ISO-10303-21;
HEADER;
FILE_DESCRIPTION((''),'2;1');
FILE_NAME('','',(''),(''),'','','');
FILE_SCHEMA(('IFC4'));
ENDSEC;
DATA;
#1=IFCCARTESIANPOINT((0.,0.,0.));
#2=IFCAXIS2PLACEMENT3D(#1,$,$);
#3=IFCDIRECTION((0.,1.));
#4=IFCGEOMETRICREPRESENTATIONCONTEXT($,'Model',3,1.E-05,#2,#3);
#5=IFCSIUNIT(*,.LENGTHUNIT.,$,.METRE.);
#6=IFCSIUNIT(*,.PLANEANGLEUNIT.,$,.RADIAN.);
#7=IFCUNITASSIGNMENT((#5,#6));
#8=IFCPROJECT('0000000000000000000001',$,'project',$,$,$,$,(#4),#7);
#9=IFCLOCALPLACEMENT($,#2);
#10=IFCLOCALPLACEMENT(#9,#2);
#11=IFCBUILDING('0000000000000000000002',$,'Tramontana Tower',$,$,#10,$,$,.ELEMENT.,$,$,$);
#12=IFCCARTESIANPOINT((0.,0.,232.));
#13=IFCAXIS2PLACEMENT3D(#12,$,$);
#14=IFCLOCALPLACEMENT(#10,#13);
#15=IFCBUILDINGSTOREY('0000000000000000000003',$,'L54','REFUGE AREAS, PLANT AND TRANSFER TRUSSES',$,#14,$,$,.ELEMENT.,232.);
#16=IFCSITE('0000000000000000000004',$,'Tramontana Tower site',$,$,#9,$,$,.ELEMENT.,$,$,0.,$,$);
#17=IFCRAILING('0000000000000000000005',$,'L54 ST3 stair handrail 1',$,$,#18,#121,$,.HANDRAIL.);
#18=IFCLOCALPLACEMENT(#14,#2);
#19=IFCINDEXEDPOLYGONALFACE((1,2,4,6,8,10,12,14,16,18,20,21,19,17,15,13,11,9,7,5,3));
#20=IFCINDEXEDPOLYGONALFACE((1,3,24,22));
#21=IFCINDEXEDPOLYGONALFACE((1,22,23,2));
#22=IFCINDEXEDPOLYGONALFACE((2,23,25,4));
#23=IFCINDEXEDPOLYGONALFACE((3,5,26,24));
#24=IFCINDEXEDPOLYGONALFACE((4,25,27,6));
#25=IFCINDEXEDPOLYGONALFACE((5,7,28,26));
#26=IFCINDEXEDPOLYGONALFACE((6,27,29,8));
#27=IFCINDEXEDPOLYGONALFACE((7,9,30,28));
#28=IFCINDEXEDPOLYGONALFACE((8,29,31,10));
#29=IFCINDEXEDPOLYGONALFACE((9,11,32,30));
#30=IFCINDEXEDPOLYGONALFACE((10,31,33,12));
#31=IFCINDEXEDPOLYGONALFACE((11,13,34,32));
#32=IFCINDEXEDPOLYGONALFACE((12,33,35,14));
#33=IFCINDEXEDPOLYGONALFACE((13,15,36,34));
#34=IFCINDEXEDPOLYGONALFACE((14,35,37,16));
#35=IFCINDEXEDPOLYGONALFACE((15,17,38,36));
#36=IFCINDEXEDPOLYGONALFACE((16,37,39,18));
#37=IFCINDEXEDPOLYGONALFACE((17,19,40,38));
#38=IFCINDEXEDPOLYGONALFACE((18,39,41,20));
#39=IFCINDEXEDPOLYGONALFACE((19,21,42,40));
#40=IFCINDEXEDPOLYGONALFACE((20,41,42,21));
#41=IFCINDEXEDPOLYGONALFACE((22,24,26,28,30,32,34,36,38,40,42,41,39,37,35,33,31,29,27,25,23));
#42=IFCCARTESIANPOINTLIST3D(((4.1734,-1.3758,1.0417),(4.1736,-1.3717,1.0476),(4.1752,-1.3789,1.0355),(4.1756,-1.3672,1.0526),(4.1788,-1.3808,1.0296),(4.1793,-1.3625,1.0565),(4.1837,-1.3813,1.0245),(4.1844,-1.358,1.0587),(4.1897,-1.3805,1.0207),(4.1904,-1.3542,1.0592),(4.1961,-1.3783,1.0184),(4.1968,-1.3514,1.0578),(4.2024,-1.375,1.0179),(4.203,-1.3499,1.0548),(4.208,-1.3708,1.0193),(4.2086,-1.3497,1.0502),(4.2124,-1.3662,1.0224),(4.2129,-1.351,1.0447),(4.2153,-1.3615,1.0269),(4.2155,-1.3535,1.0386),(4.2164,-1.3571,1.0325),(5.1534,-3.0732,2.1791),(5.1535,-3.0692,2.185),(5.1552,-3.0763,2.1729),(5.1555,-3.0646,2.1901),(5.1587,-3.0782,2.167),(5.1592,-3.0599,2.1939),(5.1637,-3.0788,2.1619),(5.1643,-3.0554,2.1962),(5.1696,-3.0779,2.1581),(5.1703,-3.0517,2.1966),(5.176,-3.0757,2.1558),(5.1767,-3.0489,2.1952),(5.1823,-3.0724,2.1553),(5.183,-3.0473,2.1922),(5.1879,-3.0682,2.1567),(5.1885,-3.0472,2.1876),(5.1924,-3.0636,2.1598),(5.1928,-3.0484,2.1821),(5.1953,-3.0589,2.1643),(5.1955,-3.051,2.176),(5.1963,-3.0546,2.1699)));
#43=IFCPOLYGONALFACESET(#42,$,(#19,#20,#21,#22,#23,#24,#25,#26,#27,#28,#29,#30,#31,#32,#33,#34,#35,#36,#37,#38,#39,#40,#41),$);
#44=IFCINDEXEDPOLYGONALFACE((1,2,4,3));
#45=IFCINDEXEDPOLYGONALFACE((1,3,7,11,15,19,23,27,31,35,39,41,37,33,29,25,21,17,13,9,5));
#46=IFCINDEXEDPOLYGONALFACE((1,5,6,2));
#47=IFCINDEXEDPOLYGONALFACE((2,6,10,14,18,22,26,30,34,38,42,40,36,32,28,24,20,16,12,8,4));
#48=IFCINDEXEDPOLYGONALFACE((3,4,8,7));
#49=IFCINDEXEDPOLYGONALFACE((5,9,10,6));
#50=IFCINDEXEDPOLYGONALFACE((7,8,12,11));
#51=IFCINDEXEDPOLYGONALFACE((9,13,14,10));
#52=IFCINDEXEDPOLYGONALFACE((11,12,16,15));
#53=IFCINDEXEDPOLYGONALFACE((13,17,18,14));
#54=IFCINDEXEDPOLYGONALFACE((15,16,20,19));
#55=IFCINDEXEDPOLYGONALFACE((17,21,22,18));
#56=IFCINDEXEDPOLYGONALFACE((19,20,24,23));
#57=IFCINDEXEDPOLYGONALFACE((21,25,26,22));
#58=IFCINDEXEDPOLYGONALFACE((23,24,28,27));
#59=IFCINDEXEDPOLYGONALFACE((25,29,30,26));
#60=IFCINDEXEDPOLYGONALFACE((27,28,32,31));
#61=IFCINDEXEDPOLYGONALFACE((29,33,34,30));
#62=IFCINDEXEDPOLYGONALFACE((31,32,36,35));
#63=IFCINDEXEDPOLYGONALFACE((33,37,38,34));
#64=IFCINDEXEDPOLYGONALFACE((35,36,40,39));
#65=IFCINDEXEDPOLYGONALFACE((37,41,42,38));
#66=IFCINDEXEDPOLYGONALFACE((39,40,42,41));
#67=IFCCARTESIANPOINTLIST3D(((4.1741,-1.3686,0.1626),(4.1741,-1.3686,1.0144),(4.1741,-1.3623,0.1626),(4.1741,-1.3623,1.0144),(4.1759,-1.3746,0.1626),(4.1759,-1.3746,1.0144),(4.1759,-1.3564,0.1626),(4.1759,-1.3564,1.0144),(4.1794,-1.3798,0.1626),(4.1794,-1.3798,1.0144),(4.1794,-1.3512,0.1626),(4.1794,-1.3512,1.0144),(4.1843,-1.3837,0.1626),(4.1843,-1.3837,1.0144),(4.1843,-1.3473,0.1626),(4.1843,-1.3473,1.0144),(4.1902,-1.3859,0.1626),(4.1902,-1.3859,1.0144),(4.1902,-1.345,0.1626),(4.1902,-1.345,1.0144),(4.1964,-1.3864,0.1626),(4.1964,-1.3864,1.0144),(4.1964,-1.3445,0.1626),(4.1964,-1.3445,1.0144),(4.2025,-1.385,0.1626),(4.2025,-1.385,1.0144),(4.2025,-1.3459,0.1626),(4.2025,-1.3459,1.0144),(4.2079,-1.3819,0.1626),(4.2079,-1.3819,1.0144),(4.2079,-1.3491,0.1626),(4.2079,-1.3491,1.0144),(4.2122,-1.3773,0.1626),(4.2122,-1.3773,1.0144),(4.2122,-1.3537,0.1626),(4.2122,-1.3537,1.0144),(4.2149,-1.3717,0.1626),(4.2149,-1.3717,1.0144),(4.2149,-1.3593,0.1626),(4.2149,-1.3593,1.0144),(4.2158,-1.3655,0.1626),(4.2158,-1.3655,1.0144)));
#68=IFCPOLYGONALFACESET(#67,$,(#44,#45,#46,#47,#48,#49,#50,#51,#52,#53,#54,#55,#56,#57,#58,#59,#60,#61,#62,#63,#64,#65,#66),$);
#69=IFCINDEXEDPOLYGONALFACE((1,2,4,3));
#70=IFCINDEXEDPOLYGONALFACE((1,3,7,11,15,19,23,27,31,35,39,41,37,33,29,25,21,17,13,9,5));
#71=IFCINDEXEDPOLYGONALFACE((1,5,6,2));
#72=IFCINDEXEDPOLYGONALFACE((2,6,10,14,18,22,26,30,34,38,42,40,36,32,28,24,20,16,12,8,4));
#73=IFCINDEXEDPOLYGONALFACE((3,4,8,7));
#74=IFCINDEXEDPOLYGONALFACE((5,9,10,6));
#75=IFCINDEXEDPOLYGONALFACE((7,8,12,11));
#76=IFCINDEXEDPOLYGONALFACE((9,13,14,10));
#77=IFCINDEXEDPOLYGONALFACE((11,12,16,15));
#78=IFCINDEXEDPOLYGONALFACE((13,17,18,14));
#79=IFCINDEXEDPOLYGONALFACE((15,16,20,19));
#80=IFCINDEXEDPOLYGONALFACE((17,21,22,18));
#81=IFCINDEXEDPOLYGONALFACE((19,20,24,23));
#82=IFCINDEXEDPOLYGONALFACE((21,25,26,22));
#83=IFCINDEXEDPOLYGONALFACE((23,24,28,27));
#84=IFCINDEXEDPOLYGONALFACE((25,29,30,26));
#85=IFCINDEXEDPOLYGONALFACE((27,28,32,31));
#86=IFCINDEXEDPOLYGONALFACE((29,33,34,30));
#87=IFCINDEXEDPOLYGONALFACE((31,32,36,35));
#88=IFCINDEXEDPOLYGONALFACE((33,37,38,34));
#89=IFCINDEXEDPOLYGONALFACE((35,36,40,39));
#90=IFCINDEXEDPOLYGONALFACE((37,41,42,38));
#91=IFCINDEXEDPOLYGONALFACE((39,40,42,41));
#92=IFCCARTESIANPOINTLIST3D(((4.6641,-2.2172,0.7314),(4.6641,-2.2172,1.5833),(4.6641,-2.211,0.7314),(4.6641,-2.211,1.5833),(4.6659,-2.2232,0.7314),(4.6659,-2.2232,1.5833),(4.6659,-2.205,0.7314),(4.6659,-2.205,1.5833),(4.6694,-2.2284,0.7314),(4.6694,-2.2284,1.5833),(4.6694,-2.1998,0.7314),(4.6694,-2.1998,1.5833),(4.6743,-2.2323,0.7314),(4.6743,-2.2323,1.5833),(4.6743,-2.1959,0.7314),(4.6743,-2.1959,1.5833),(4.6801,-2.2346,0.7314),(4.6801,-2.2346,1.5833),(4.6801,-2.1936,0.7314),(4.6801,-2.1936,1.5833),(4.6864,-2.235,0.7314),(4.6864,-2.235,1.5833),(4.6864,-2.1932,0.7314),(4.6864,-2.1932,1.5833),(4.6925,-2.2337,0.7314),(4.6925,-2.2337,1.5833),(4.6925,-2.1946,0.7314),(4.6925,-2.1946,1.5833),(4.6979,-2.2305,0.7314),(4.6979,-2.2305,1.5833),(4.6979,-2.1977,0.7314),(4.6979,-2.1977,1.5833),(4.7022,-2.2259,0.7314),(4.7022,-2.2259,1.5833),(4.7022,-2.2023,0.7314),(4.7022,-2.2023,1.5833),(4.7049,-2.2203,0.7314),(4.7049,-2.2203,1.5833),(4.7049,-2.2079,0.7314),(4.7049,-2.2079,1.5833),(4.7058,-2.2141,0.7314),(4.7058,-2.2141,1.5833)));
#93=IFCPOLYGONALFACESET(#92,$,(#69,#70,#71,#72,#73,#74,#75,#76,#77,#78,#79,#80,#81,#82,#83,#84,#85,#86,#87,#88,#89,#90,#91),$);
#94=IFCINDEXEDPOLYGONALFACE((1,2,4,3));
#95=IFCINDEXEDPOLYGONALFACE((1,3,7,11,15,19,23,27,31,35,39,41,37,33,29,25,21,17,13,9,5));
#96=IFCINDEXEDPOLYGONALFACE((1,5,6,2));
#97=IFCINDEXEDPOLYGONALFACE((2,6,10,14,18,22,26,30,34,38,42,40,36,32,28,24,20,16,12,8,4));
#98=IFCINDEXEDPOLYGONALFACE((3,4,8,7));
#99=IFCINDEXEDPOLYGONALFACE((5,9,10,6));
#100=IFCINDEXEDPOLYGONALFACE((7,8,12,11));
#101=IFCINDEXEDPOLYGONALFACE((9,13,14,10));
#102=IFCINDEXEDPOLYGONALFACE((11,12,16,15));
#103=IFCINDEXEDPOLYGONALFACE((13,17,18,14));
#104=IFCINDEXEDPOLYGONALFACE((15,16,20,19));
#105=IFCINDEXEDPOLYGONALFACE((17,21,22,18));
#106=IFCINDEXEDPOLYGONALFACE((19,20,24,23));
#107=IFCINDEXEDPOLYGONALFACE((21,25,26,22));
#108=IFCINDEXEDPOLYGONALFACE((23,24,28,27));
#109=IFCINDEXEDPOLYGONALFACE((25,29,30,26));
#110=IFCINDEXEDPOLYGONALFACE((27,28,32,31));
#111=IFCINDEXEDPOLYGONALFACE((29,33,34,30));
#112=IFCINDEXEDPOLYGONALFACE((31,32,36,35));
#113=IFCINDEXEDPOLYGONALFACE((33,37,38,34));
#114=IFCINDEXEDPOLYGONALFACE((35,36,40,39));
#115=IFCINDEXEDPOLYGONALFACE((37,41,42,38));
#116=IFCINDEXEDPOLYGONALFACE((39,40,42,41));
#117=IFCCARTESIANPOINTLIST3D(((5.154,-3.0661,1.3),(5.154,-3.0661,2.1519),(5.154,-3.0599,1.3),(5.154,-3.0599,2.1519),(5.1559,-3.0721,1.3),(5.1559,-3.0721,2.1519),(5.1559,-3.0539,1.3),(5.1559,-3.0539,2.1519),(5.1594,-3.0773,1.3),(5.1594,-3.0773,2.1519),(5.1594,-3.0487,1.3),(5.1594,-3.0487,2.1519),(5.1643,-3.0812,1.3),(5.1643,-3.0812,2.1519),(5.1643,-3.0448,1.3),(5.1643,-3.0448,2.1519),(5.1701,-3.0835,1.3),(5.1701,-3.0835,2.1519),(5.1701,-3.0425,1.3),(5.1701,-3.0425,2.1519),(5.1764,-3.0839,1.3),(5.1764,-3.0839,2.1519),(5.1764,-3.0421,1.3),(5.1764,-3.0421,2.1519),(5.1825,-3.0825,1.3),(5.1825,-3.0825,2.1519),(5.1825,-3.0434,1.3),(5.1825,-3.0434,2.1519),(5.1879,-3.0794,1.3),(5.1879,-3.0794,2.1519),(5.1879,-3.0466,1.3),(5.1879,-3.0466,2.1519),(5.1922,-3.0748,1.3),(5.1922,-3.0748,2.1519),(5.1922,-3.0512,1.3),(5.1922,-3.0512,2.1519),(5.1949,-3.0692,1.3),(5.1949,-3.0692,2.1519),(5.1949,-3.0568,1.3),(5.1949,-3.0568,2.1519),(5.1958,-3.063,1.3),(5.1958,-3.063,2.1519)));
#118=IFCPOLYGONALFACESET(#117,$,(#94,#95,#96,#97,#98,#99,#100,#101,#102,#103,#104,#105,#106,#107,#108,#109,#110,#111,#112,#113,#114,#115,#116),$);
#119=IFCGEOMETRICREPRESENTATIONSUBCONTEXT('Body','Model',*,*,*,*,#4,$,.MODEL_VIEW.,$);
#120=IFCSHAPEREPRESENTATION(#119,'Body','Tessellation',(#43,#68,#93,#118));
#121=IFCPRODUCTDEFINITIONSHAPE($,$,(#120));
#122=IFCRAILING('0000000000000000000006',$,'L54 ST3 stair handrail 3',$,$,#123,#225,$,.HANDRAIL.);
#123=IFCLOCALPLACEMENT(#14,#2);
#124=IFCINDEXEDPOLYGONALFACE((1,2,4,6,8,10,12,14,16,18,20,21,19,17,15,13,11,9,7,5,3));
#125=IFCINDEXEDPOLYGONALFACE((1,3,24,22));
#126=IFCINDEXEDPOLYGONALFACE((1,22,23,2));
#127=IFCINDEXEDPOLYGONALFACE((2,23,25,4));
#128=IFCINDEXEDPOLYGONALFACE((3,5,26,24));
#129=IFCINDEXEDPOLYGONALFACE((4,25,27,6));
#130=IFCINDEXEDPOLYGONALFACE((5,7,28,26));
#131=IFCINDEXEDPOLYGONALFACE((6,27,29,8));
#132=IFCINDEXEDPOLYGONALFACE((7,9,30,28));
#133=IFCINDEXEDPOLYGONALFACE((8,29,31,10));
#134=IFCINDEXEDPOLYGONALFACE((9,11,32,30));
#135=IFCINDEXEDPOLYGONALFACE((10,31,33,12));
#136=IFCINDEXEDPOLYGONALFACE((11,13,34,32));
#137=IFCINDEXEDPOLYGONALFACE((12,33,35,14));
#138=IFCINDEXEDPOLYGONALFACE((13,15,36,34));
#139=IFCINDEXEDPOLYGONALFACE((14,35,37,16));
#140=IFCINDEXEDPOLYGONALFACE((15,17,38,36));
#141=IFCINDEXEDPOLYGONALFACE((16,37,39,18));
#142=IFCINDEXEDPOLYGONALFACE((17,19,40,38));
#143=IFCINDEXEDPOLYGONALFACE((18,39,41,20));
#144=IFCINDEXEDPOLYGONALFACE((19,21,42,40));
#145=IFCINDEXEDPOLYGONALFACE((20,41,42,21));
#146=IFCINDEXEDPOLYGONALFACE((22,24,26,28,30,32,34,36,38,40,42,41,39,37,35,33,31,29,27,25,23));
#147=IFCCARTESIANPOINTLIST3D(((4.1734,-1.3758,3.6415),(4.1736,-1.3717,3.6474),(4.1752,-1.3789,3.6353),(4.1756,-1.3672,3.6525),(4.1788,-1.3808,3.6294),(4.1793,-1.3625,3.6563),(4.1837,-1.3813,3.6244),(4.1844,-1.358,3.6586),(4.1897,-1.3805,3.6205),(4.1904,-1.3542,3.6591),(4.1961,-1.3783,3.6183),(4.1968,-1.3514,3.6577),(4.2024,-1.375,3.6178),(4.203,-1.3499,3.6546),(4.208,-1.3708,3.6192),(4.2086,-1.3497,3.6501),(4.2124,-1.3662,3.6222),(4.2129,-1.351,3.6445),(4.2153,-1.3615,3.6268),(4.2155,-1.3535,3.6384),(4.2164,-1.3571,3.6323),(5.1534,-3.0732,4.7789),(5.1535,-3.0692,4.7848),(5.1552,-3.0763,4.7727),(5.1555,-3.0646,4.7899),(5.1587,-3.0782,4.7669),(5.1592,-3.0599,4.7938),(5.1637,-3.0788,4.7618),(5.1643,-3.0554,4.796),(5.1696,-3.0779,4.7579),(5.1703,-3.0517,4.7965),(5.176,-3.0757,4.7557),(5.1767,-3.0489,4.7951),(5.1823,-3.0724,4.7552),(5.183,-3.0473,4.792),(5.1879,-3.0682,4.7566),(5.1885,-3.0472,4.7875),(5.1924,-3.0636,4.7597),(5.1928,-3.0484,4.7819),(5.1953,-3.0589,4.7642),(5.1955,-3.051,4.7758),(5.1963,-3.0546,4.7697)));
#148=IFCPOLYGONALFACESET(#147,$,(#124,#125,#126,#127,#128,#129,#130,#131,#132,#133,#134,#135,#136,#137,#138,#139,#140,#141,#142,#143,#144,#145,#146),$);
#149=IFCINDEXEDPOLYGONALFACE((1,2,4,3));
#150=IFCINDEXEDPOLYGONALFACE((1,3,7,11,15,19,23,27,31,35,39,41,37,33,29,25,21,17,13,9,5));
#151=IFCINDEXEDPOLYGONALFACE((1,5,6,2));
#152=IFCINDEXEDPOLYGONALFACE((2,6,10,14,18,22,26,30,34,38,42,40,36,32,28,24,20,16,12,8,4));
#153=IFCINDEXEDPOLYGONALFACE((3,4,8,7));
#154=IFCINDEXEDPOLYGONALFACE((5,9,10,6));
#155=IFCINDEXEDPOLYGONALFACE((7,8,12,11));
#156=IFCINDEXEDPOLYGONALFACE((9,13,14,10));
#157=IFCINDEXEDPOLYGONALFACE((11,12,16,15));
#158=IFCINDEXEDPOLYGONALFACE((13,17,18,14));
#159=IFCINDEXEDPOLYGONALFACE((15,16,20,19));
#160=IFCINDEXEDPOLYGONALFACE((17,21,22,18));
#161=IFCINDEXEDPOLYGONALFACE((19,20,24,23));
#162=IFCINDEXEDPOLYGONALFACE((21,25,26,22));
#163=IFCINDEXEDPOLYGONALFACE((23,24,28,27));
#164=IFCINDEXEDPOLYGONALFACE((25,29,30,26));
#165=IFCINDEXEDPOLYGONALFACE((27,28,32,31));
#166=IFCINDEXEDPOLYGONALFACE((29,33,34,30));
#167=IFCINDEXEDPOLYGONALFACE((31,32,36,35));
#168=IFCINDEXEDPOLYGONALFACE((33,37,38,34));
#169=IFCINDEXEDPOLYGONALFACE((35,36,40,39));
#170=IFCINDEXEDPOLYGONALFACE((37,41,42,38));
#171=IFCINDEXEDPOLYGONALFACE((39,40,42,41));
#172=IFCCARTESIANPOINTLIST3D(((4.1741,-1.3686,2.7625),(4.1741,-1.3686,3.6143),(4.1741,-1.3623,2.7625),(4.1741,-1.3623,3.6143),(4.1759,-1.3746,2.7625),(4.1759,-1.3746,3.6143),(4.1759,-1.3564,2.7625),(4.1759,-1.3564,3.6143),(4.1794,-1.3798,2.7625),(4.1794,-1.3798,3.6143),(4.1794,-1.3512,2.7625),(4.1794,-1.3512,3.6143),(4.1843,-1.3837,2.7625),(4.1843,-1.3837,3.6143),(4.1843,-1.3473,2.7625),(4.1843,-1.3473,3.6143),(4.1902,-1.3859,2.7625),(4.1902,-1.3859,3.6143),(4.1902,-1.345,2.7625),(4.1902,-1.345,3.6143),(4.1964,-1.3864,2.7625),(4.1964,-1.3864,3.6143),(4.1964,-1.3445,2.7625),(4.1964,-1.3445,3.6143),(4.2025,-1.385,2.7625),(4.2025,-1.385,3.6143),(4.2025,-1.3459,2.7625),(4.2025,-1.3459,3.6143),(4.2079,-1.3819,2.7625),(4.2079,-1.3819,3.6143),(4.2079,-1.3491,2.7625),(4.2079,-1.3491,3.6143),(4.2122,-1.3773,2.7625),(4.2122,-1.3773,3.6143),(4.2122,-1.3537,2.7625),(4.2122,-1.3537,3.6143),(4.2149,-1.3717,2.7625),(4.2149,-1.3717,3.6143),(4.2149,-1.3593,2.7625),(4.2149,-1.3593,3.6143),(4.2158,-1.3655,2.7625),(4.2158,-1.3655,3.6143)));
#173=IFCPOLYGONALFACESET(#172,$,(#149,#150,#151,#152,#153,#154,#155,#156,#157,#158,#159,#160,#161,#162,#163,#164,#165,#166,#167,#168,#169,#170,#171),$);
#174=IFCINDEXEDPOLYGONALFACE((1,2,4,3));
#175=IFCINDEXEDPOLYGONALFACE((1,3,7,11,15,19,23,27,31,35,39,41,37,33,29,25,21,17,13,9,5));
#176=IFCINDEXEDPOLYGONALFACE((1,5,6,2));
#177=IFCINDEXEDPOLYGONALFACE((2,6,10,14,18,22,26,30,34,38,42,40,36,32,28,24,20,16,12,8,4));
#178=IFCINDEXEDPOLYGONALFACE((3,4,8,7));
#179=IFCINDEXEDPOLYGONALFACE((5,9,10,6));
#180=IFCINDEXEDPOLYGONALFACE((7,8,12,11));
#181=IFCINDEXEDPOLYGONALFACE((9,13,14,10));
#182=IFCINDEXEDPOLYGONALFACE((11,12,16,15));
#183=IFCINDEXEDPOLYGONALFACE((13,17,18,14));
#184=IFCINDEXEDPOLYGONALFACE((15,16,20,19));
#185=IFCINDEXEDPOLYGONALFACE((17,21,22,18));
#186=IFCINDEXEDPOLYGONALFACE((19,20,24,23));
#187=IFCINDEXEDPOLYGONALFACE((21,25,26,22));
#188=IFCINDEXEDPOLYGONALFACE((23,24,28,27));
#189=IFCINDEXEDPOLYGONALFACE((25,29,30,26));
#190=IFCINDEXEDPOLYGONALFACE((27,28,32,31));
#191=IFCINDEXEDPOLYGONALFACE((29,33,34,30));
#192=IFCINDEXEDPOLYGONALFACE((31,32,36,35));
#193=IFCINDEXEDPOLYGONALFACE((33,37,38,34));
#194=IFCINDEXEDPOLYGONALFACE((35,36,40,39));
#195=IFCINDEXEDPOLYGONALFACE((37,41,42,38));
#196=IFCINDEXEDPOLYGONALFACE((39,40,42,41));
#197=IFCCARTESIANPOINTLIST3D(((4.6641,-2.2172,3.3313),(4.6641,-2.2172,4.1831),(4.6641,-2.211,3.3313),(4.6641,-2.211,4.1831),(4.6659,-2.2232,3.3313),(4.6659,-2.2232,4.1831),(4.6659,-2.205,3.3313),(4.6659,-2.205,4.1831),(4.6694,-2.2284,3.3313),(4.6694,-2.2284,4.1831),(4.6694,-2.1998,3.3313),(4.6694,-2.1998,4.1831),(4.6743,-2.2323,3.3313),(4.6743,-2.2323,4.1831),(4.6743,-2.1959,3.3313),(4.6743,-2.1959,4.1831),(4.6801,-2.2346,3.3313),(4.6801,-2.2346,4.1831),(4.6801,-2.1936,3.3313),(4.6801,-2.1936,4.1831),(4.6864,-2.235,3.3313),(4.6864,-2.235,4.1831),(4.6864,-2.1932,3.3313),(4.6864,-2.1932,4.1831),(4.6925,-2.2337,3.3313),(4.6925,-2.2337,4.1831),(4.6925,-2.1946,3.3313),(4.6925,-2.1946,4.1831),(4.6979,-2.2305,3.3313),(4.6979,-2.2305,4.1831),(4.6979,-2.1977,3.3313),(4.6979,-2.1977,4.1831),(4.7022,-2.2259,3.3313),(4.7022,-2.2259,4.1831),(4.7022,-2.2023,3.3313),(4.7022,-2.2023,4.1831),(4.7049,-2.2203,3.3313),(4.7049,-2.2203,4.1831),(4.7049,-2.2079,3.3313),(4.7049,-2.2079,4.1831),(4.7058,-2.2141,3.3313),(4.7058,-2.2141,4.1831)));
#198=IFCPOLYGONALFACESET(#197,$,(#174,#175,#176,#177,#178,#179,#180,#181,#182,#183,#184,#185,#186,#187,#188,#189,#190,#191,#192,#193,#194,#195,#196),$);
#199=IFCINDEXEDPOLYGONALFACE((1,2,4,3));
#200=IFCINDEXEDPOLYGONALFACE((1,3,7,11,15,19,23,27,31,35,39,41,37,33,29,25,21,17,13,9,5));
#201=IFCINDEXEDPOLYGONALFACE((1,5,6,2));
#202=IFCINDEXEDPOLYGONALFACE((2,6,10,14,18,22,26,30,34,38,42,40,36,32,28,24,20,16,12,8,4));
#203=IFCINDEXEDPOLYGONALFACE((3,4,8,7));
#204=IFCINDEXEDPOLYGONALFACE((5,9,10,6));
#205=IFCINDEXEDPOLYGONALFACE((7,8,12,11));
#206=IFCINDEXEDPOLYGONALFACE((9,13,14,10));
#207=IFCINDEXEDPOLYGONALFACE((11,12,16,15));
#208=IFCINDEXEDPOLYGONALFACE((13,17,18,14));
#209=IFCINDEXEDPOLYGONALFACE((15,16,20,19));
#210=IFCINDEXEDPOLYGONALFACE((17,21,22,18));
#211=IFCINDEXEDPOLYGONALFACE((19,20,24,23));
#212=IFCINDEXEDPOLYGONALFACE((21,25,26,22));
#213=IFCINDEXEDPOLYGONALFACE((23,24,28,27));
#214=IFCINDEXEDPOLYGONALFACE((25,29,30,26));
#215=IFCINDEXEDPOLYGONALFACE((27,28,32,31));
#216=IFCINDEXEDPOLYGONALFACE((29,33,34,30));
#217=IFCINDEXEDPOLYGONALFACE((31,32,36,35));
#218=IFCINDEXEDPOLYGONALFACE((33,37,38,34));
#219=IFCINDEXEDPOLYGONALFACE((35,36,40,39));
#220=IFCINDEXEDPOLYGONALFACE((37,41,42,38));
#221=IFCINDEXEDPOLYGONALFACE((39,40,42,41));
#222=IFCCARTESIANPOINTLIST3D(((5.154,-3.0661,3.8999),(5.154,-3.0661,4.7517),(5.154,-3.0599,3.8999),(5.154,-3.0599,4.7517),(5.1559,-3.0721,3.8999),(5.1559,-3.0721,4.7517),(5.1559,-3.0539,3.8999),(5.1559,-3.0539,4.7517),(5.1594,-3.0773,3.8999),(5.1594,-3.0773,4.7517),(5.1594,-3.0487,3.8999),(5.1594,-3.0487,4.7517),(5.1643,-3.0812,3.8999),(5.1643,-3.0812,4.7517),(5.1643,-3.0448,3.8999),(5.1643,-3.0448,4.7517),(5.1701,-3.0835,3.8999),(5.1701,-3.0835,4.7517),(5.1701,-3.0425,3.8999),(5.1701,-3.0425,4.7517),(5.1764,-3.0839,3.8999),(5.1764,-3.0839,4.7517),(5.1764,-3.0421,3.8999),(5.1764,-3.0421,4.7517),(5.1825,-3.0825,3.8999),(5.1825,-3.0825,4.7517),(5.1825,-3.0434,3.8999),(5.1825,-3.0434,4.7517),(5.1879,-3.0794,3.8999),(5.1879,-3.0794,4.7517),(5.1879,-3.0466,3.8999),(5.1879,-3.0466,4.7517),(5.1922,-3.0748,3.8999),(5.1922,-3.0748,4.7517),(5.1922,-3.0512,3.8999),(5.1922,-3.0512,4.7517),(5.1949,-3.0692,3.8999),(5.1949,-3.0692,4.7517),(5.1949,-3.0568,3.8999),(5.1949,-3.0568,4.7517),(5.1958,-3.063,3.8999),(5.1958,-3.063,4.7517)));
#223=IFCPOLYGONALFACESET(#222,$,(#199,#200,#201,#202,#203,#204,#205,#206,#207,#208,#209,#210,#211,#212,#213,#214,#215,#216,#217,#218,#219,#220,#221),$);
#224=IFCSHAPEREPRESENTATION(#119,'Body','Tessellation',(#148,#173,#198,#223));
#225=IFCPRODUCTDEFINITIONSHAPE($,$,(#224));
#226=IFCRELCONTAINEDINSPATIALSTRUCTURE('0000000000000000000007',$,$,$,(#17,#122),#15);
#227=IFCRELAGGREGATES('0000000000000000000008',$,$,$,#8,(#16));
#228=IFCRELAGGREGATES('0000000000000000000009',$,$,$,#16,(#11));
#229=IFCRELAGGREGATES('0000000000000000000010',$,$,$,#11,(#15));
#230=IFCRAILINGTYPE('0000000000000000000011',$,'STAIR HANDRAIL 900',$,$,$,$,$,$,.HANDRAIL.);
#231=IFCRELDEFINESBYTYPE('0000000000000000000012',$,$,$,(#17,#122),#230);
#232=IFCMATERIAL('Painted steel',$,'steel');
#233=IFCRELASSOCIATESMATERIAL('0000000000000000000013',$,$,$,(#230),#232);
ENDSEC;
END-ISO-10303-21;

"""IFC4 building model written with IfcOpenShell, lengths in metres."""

from ifc_helpers import new_model, si_unit, direction, frame, origin, origin_2d, place, context, subcontext, project, spatial, circle, extrude, material, type_object, element, save


model = new_model("IFC4")

# Units and contexts
model_context = context("Model", 3, precision=1e-05, world=origin(), true_north=direction((0.0, 1.0)))
body_context = subcontext(model_context, "Body", "Model", "MODEL_VIEW")
ifc_project = project(units=[si_unit("LENGTHUNIT", "METRE"), si_unit("PLANEANGLEUNIT", "RADIAN")], contexts=[model_context])

# Site, building, storey
site_placement = place(None, origin())
site = spatial("IfcSite", under=ifc_project, at=site_placement, Name="Tramontana Tower site", CompositionType="ELEMENT", RefElevation=0.0)
building_placement = place(site_placement, origin())
building = spatial("IfcBuilding", under=site, at=building_placement, Name="Tramontana Tower", CompositionType="ELEMENT")
storey_placement = place(building_placement, frame((0.0, 0.0, 232.0)))
storey = spatial("IfcBuildingStorey", under=building, at=storey_placement, Name="L54", Description="REFUGE AREAS, PLANT AND TRANSFER TRUSSES", CompositionType="ELEMENT", Elevation=232.0)

# Railings
ifc_material_1 = material(Name="Painted steel", Category="steel")
railing_type = type_object("IfcRailingType", Name="STAIR HANDRAIL 900", PredefinedType="HANDRAIL", material=ifc_material_1)
for number, where, name in (
    (1, (4.1948, -1.3655, 0.1626), "L54 ST3 stair handrail 1"),
    (2, (4.1948, -1.3655, 2.7625), "L54 ST3 stair handrail 3"),
):
    element("IfcRailing", number, at=place(storey_placement, frame(where)), inside=storey, type_object=railing_type, Name=name, PredefinedType="HANDRAIL", context=body_context, shape_type="SweptSolid", body=[
        extrude(circle(Radius=0.0239, at=origin_2d()), frame((0.0, 0.0, 0.876), z_axis=(0.432432, -0.749053, 0.501918), x_axis=(0.866042, 0.49997, 0.0)), (0.0, 0.0, 1.0), 2.2661),
        extrude(circle(Radius=0.021, at=origin_2d()), origin(), (0.0, 0.0, 1.0), 0.8518),
        extrude(circle(Radius=0.021, at=origin_2d()), frame((0.49, -0.8486, 0.5688)), (0.0, 0.0, 1.0), 0.8518),
        extrude(circle(Radius=0.021, at=origin_2d()), frame((0.98, -1.6975, 1.1375)), (0.0, 0.0, 1.0), 0.8518),
    ])

save(model, "model.ifc")
